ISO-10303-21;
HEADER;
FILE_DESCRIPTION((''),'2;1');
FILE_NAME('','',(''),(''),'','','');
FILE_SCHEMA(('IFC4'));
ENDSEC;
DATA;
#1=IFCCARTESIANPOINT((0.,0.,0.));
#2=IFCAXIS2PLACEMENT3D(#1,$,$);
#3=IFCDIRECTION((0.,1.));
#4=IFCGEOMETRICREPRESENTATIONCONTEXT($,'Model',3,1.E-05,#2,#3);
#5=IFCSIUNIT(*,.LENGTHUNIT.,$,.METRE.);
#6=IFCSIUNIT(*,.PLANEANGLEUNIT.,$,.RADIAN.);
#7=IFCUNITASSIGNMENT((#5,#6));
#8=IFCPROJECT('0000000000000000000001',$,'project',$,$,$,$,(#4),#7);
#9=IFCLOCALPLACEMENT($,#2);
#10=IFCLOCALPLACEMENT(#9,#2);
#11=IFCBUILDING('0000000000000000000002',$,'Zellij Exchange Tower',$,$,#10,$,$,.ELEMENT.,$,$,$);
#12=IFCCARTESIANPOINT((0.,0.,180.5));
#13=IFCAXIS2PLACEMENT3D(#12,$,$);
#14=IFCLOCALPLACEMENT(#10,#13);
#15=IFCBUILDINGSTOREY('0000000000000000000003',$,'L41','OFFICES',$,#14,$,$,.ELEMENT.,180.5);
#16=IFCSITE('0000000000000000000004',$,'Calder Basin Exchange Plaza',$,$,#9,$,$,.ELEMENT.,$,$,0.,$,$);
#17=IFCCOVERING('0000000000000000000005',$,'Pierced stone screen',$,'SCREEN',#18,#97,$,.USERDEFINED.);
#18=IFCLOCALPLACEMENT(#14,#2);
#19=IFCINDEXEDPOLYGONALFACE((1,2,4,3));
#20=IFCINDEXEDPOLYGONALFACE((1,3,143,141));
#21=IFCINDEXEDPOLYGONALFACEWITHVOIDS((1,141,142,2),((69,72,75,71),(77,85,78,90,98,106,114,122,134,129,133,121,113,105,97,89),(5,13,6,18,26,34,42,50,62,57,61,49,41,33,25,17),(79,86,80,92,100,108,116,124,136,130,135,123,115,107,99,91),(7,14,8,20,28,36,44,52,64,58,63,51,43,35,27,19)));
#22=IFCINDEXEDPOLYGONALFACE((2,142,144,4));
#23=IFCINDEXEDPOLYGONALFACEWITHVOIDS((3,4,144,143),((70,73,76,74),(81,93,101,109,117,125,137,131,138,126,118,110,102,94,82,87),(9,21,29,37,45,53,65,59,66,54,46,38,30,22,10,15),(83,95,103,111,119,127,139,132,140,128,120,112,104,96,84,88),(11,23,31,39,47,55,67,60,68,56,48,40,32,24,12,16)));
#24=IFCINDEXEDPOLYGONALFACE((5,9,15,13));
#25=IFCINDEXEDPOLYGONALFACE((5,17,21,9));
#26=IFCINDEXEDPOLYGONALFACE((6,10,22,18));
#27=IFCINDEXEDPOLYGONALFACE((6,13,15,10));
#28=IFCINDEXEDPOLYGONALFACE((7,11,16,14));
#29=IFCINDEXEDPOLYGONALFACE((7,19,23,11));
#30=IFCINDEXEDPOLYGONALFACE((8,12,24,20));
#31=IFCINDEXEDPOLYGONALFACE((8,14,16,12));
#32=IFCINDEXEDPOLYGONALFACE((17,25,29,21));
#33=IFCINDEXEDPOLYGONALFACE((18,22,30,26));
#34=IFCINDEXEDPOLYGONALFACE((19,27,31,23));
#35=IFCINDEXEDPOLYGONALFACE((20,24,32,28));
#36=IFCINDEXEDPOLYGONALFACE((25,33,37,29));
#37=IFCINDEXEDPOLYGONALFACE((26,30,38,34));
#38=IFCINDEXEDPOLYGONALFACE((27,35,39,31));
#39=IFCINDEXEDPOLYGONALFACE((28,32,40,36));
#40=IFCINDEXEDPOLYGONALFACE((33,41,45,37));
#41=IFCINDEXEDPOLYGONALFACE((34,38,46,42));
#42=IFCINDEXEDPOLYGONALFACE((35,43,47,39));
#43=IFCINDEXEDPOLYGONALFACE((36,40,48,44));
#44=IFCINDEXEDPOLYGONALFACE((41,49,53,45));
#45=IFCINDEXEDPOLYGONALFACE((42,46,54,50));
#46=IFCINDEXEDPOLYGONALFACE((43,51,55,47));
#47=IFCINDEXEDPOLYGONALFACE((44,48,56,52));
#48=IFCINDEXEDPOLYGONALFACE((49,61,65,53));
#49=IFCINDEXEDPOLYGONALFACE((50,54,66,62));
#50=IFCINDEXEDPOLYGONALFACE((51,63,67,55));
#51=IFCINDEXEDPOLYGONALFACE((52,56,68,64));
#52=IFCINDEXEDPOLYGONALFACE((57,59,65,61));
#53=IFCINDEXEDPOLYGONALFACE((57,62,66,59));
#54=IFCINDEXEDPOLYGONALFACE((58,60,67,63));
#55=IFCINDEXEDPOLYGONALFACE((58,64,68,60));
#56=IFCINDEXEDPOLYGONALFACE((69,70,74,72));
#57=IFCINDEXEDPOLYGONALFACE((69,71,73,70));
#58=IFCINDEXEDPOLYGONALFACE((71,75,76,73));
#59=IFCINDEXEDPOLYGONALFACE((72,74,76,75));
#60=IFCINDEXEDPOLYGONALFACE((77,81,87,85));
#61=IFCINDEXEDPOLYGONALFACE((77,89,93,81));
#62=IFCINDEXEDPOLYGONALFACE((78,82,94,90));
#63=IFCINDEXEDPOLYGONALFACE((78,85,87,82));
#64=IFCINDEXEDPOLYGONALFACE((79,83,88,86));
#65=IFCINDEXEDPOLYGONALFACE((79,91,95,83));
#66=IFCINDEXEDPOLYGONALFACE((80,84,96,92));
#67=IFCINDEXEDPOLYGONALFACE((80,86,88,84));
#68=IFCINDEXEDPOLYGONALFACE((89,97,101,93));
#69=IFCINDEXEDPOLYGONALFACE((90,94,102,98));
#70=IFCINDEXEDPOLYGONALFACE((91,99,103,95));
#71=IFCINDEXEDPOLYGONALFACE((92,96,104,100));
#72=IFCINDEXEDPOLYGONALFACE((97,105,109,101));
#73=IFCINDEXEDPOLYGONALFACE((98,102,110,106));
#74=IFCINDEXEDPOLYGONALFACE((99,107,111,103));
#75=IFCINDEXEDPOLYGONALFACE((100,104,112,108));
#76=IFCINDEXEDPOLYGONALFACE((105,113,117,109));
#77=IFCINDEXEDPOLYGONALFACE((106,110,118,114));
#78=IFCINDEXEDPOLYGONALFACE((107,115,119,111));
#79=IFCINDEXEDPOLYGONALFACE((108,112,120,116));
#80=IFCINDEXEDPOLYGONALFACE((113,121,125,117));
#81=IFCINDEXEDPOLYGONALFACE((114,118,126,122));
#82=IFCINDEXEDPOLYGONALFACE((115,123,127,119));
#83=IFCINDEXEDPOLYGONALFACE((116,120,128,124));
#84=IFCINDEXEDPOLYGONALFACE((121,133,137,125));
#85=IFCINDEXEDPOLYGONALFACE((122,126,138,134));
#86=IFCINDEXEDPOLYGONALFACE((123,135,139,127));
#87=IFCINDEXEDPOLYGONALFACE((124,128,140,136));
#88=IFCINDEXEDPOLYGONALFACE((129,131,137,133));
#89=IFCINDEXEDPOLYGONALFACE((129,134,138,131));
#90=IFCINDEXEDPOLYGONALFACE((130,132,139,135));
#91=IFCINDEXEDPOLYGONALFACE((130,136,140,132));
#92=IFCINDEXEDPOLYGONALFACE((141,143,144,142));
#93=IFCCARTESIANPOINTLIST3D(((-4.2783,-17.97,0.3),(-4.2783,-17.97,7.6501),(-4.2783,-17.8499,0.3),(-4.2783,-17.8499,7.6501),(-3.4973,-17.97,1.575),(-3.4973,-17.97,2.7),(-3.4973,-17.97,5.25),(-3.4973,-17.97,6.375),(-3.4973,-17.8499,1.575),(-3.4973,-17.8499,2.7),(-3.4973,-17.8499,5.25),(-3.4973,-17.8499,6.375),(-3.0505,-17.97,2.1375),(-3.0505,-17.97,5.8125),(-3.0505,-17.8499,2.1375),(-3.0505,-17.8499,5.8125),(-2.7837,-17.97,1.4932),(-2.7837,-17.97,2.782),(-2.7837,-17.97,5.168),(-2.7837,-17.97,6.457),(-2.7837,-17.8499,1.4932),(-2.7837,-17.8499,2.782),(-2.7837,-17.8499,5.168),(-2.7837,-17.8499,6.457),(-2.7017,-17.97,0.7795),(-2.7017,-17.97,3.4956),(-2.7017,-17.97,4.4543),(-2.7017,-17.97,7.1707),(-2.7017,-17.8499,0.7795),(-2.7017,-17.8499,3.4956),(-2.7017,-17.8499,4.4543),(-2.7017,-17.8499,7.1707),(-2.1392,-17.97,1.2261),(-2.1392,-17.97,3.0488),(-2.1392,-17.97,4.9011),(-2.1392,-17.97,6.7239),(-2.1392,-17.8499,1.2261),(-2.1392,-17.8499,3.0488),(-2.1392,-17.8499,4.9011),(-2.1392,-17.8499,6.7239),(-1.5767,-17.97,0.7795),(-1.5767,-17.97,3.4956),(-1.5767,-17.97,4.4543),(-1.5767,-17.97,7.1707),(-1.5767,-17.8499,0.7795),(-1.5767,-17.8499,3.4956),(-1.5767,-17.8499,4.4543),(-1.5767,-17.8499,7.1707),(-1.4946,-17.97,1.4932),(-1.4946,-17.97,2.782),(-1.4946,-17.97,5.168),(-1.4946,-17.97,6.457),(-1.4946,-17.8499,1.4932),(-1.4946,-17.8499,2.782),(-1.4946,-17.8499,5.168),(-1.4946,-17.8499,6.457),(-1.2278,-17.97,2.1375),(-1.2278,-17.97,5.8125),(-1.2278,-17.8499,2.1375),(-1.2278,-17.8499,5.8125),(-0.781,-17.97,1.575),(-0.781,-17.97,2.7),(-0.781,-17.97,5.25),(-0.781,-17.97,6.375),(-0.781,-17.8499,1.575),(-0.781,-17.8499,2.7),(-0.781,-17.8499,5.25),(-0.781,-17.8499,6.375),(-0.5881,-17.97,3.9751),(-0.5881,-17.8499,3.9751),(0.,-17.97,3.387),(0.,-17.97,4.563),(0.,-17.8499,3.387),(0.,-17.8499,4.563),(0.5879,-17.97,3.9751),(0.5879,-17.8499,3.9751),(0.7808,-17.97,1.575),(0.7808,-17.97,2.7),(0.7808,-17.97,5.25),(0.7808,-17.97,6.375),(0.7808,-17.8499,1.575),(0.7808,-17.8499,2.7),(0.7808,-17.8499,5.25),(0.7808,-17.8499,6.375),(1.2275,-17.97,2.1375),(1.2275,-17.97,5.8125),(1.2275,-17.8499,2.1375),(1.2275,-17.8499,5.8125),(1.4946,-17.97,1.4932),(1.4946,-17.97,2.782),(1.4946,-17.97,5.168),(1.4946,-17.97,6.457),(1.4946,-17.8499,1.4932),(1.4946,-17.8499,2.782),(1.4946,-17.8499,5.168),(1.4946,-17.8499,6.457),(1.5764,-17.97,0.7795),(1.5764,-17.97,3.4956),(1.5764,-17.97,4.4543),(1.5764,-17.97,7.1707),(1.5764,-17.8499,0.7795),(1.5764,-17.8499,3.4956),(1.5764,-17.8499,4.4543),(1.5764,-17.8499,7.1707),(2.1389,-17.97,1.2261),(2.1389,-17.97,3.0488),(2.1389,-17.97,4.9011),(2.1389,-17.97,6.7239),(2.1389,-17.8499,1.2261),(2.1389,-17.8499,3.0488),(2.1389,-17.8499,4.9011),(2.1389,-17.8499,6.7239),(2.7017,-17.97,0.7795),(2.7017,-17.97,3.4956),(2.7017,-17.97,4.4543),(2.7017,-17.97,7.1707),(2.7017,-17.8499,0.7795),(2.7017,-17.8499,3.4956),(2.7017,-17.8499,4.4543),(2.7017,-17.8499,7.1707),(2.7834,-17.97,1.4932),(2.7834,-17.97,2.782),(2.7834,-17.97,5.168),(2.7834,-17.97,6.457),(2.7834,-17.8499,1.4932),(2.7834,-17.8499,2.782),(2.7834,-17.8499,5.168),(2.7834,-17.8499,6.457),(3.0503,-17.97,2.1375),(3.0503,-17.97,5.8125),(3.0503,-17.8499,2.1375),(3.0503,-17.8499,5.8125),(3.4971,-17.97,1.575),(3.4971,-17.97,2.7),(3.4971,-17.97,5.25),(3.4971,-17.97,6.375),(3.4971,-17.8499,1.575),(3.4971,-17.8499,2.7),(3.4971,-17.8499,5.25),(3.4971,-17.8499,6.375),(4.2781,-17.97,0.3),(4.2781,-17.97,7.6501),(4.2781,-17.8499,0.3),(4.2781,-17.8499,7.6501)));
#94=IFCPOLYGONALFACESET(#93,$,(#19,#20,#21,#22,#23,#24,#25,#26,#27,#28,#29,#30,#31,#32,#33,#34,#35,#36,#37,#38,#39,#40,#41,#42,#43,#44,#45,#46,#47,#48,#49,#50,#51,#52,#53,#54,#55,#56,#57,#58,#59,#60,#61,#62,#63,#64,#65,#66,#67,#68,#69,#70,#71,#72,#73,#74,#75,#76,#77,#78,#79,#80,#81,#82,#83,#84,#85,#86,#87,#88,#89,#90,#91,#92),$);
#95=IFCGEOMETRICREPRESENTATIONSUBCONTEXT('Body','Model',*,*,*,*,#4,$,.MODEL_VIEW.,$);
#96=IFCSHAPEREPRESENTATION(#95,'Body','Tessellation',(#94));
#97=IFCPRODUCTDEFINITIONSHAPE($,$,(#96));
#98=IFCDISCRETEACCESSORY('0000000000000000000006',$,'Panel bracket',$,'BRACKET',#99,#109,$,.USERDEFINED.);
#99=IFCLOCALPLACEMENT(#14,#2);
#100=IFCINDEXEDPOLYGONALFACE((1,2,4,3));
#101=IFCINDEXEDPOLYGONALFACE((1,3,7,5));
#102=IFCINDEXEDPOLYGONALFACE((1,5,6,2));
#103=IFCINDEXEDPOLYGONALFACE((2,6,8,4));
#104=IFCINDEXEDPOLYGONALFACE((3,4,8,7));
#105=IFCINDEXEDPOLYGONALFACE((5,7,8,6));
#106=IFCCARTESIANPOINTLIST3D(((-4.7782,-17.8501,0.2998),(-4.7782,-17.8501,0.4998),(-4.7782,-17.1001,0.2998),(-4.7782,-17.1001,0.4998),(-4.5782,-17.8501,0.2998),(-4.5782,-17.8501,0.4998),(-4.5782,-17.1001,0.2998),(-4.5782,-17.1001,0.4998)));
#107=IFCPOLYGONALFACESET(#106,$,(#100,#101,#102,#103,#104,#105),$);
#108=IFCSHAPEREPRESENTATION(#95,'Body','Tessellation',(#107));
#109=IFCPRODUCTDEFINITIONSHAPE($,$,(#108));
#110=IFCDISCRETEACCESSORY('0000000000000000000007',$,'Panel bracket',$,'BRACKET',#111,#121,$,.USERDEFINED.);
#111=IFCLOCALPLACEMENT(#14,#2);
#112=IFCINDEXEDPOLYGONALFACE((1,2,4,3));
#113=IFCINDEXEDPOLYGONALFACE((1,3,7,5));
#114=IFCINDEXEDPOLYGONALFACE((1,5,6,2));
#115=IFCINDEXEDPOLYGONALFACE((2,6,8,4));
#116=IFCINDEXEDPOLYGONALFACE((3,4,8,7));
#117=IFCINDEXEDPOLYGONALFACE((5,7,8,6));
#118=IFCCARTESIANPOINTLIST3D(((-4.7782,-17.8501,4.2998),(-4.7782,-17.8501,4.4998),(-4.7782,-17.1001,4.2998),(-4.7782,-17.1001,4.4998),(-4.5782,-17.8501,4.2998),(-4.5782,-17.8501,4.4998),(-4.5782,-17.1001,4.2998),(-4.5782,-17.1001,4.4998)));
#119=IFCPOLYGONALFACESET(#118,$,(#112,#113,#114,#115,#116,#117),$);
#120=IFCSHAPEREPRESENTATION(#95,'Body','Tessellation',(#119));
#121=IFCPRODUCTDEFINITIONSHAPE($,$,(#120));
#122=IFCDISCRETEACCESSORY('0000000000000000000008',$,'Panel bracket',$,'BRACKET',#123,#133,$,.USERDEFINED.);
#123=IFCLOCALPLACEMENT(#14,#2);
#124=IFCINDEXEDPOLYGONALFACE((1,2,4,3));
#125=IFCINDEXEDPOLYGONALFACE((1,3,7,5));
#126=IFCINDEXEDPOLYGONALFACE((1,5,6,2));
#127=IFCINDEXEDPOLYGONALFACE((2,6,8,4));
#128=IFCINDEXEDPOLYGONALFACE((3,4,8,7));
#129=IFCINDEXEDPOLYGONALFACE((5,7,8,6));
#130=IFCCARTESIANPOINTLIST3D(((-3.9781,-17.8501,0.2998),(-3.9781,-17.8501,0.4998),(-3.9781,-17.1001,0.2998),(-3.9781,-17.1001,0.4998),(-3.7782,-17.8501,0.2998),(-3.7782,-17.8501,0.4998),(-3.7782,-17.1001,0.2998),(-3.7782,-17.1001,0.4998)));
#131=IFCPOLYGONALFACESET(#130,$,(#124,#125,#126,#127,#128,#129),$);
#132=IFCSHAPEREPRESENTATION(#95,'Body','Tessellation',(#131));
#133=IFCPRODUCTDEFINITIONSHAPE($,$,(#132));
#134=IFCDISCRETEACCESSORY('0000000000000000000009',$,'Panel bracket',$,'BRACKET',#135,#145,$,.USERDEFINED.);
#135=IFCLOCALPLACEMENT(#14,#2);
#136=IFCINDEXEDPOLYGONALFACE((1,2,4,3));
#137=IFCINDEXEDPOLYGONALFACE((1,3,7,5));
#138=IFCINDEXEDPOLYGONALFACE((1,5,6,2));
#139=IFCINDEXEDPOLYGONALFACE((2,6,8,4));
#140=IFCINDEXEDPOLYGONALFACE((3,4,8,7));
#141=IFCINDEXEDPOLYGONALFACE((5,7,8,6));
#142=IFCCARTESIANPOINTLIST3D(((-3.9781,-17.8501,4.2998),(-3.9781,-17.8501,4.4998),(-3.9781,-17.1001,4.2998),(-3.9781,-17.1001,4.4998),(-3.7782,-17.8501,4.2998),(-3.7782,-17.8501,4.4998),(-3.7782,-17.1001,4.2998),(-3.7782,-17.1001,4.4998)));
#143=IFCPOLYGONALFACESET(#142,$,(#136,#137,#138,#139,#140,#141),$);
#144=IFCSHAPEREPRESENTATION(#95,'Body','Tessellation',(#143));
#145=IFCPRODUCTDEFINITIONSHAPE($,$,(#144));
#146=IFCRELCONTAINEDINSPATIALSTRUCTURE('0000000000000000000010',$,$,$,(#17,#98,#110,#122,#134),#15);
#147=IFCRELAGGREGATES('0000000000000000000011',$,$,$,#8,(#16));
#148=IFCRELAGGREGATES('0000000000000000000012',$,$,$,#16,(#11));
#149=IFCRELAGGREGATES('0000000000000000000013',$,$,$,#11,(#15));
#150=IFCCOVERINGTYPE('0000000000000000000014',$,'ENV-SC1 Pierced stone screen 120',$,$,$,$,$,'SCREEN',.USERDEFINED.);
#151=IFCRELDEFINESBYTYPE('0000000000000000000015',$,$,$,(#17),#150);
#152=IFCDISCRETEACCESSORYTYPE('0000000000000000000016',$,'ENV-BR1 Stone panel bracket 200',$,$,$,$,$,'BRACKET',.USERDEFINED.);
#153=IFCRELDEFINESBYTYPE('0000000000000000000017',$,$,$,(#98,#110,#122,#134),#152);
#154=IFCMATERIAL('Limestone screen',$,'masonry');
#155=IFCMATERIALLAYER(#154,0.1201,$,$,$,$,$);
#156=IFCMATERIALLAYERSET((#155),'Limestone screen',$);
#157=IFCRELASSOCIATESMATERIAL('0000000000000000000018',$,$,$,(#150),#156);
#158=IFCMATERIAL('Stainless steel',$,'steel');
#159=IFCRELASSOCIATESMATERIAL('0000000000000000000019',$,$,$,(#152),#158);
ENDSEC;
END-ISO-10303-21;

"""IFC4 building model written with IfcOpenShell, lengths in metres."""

from ifc_helpers import new_model, si_unit, direction, frame, origin, origin_2d, place, context, subcontext, project, spatial, polyline, rectangle, outline, extrude, material, layer, layer_set, type_object, element, save


model = new_model("IFC4")

# Units and contexts
model_context = context("Model", 3, precision=1e-05, world=origin(), true_north=direction((0.0, 1.0)))
body_context = subcontext(model_context, "Body", "Model", "MODEL_VIEW")
ifc_project = project(units=[si_unit("LENGTHUNIT", "METRE"), si_unit("PLANEANGLEUNIT", "RADIAN")], contexts=[model_context])

# Site, building, storey
site_placement = place(None, origin())
site = spatial("IfcSite", under=ifc_project, at=site_placement, Name="Calder Basin Exchange Plaza", CompositionType="ELEMENT", RefElevation=0.0)
building_placement = place(site_placement, origin())
building = spatial("IfcBuilding", under=site, at=building_placement, Name="Zellij Exchange Tower", CompositionType="ELEMENT")
storey_placement = place(building_placement, frame((0.0, 0.0, 180.5)))
storey = spatial("IfcBuildingStorey", under=building, at=storey_placement, Name="L41", Description="OFFICES", CompositionType="ELEMENT", Elevation=180.5)

# Shared definitions
ifc_material_1 = material(Name="Stainless steel", Category="steel")

# Covering
ifc_material_2 = material(Name="Limestone screen", Category="masonry")
ifc_layer_1 = layer(ifc_material_2, 0.1201)
ifc_layer_set_1 = layer_set([ifc_layer_1], Name="Limestone screen")
covering_type = type_object("IfcCoveringType", Name="ENV-SC1 Pierced stone screen 120", ElementType="SCREEN", PredefinedType="USERDEFINED", material=ifc_layer_set_1)
covering_placement = place(storey_placement, frame((-4.2783, -17.9099, 0.3), z_axis=(0.0, 0.0, 1.0), x_axis=(1.0, 0.0, 0.0)))
element("IfcCovering", 1, at=covering_placement, inside=storey, type_object=covering_type, Name="Pierced stone screen", ObjectType="SCREEN", PredefinedType="USERDEFINED", context=body_context, shape_type="SweptSolid", body=[
    extrude(outline(polyline([(0.0, 0.0), (8.5564, 0.0), (8.5564, 7.3501), (0.0, 7.3501), (0.0, 0.0)]), holes=[polyline([(3.4973, 2.3999), (2.7837, 2.4819), (2.7017, 3.1956), (2.1392, 2.7488), (1.5767, 3.1956), (1.4946, 2.4819), (0.781, 2.3999), (1.2278, 1.8374), (0.781, 1.2749), (1.4946, 1.1931), (1.5767, 0.4795), (2.1392, 0.926), (2.7017, 0.4795), (2.7837, 1.1931), (3.4973, 1.2749), (3.0505, 1.8374), (3.4973, 2.3999)]), polyline([(3.4973, 6.075), (2.7837, 6.157), (2.7017, 6.8706), (2.1392, 6.4238), (1.5767, 6.8706), (1.4946, 6.157), (0.781, 6.075), (1.2278, 5.5125), (0.781, 4.95), (1.4946, 4.8679), (1.5767, 4.1543), (2.1392, 4.6011), (2.7017, 4.1543), (2.7837, 4.8679), (3.4973, 4.95), (3.0505, 5.5125), (3.4973, 6.075)]), polyline([(7.7754, 2.3999), (7.0618, 2.4819), (6.98, 3.1956), (6.4172, 2.7488), (5.8547, 3.1956), (5.7729, 2.4819), (5.0591, 2.3999), (5.5059, 1.8374), (5.0591, 1.2749), (5.7729, 1.1931), (5.8547, 0.4795), (6.4172, 0.926), (6.98, 0.4795), (7.0618, 1.1931), (7.7754, 1.2749), (7.3286, 1.8374), (7.7754, 2.3999)]), polyline([(7.7754, 6.075), (7.0618, 6.157), (6.98, 6.8706), (6.4172, 6.4238), (5.8547, 6.8706), (5.7729, 6.157), (5.0591, 6.075), (5.5059, 5.5125), (5.0591, 4.95), (5.7729, 4.8679), (5.8547, 4.1543), (6.4172, 4.6011), (6.98, 4.1543), (7.0618, 4.8679), (7.7754, 4.95), (7.3286, 5.5125), (7.7754, 6.075)]), polyline([(4.8662, 3.675), (4.2783, 4.2629), (3.6902, 3.675), (4.2783, 3.0869), (4.8662, 3.675)])]), frame((0.0, 0.0601, 0.0), z_axis=(0.0, -1.0, 0.0), x_axis=(1.0, 0.0, 0.0)), (0.0, 0.0, 1.0), 0.1201),
])

# Discrete accessories
discrete_accessory_type = type_object("IfcDiscreteAccessoryType", Name="ENV-BR1 Stone panel bracket 200", ElementType="BRACKET", PredefinedType="USERDEFINED", material=ifc_material_1)
for number, where, z_axis, x_axis, name in (
    (2, (-4.6782, -17.4751, 0.2998), (0.0, 0.0, 1.0), (1.0, 0.0, 0.0), "Panel bracket"),
    (3, (-4.6782, -17.4751, 4.2998), (0.0, 0.0, 1.0), (1.0, 0.0, 0.0), "Panel bracket"),
    (4, (-3.8782, -17.4751, 0.2998), (0.0, 0.0, 1.0), (1.0, 0.0, 0.0), "Panel bracket"),
    (5, (-3.8782, -17.4751, 4.2998), (0.0, 0.0, 1.0), (1.0, 0.0, 0.0), "Panel bracket"),
):
    element("IfcDiscreteAccessory", number, at=place(storey_placement, frame(where, z_axis=z_axis, x_axis=x_axis)), inside=storey, type_object=discrete_accessory_type, Name=name, ObjectType="BRACKET", PredefinedType="USERDEFINED", context=body_context, shape_type="SweptSolid", body=[
        extrude(rectangle(XDim=0.2, YDim=0.75, at=origin_2d()), origin(), (0.0, 0.0, 1.0), 0.2),
    ])

save(model, "model.ifc")
